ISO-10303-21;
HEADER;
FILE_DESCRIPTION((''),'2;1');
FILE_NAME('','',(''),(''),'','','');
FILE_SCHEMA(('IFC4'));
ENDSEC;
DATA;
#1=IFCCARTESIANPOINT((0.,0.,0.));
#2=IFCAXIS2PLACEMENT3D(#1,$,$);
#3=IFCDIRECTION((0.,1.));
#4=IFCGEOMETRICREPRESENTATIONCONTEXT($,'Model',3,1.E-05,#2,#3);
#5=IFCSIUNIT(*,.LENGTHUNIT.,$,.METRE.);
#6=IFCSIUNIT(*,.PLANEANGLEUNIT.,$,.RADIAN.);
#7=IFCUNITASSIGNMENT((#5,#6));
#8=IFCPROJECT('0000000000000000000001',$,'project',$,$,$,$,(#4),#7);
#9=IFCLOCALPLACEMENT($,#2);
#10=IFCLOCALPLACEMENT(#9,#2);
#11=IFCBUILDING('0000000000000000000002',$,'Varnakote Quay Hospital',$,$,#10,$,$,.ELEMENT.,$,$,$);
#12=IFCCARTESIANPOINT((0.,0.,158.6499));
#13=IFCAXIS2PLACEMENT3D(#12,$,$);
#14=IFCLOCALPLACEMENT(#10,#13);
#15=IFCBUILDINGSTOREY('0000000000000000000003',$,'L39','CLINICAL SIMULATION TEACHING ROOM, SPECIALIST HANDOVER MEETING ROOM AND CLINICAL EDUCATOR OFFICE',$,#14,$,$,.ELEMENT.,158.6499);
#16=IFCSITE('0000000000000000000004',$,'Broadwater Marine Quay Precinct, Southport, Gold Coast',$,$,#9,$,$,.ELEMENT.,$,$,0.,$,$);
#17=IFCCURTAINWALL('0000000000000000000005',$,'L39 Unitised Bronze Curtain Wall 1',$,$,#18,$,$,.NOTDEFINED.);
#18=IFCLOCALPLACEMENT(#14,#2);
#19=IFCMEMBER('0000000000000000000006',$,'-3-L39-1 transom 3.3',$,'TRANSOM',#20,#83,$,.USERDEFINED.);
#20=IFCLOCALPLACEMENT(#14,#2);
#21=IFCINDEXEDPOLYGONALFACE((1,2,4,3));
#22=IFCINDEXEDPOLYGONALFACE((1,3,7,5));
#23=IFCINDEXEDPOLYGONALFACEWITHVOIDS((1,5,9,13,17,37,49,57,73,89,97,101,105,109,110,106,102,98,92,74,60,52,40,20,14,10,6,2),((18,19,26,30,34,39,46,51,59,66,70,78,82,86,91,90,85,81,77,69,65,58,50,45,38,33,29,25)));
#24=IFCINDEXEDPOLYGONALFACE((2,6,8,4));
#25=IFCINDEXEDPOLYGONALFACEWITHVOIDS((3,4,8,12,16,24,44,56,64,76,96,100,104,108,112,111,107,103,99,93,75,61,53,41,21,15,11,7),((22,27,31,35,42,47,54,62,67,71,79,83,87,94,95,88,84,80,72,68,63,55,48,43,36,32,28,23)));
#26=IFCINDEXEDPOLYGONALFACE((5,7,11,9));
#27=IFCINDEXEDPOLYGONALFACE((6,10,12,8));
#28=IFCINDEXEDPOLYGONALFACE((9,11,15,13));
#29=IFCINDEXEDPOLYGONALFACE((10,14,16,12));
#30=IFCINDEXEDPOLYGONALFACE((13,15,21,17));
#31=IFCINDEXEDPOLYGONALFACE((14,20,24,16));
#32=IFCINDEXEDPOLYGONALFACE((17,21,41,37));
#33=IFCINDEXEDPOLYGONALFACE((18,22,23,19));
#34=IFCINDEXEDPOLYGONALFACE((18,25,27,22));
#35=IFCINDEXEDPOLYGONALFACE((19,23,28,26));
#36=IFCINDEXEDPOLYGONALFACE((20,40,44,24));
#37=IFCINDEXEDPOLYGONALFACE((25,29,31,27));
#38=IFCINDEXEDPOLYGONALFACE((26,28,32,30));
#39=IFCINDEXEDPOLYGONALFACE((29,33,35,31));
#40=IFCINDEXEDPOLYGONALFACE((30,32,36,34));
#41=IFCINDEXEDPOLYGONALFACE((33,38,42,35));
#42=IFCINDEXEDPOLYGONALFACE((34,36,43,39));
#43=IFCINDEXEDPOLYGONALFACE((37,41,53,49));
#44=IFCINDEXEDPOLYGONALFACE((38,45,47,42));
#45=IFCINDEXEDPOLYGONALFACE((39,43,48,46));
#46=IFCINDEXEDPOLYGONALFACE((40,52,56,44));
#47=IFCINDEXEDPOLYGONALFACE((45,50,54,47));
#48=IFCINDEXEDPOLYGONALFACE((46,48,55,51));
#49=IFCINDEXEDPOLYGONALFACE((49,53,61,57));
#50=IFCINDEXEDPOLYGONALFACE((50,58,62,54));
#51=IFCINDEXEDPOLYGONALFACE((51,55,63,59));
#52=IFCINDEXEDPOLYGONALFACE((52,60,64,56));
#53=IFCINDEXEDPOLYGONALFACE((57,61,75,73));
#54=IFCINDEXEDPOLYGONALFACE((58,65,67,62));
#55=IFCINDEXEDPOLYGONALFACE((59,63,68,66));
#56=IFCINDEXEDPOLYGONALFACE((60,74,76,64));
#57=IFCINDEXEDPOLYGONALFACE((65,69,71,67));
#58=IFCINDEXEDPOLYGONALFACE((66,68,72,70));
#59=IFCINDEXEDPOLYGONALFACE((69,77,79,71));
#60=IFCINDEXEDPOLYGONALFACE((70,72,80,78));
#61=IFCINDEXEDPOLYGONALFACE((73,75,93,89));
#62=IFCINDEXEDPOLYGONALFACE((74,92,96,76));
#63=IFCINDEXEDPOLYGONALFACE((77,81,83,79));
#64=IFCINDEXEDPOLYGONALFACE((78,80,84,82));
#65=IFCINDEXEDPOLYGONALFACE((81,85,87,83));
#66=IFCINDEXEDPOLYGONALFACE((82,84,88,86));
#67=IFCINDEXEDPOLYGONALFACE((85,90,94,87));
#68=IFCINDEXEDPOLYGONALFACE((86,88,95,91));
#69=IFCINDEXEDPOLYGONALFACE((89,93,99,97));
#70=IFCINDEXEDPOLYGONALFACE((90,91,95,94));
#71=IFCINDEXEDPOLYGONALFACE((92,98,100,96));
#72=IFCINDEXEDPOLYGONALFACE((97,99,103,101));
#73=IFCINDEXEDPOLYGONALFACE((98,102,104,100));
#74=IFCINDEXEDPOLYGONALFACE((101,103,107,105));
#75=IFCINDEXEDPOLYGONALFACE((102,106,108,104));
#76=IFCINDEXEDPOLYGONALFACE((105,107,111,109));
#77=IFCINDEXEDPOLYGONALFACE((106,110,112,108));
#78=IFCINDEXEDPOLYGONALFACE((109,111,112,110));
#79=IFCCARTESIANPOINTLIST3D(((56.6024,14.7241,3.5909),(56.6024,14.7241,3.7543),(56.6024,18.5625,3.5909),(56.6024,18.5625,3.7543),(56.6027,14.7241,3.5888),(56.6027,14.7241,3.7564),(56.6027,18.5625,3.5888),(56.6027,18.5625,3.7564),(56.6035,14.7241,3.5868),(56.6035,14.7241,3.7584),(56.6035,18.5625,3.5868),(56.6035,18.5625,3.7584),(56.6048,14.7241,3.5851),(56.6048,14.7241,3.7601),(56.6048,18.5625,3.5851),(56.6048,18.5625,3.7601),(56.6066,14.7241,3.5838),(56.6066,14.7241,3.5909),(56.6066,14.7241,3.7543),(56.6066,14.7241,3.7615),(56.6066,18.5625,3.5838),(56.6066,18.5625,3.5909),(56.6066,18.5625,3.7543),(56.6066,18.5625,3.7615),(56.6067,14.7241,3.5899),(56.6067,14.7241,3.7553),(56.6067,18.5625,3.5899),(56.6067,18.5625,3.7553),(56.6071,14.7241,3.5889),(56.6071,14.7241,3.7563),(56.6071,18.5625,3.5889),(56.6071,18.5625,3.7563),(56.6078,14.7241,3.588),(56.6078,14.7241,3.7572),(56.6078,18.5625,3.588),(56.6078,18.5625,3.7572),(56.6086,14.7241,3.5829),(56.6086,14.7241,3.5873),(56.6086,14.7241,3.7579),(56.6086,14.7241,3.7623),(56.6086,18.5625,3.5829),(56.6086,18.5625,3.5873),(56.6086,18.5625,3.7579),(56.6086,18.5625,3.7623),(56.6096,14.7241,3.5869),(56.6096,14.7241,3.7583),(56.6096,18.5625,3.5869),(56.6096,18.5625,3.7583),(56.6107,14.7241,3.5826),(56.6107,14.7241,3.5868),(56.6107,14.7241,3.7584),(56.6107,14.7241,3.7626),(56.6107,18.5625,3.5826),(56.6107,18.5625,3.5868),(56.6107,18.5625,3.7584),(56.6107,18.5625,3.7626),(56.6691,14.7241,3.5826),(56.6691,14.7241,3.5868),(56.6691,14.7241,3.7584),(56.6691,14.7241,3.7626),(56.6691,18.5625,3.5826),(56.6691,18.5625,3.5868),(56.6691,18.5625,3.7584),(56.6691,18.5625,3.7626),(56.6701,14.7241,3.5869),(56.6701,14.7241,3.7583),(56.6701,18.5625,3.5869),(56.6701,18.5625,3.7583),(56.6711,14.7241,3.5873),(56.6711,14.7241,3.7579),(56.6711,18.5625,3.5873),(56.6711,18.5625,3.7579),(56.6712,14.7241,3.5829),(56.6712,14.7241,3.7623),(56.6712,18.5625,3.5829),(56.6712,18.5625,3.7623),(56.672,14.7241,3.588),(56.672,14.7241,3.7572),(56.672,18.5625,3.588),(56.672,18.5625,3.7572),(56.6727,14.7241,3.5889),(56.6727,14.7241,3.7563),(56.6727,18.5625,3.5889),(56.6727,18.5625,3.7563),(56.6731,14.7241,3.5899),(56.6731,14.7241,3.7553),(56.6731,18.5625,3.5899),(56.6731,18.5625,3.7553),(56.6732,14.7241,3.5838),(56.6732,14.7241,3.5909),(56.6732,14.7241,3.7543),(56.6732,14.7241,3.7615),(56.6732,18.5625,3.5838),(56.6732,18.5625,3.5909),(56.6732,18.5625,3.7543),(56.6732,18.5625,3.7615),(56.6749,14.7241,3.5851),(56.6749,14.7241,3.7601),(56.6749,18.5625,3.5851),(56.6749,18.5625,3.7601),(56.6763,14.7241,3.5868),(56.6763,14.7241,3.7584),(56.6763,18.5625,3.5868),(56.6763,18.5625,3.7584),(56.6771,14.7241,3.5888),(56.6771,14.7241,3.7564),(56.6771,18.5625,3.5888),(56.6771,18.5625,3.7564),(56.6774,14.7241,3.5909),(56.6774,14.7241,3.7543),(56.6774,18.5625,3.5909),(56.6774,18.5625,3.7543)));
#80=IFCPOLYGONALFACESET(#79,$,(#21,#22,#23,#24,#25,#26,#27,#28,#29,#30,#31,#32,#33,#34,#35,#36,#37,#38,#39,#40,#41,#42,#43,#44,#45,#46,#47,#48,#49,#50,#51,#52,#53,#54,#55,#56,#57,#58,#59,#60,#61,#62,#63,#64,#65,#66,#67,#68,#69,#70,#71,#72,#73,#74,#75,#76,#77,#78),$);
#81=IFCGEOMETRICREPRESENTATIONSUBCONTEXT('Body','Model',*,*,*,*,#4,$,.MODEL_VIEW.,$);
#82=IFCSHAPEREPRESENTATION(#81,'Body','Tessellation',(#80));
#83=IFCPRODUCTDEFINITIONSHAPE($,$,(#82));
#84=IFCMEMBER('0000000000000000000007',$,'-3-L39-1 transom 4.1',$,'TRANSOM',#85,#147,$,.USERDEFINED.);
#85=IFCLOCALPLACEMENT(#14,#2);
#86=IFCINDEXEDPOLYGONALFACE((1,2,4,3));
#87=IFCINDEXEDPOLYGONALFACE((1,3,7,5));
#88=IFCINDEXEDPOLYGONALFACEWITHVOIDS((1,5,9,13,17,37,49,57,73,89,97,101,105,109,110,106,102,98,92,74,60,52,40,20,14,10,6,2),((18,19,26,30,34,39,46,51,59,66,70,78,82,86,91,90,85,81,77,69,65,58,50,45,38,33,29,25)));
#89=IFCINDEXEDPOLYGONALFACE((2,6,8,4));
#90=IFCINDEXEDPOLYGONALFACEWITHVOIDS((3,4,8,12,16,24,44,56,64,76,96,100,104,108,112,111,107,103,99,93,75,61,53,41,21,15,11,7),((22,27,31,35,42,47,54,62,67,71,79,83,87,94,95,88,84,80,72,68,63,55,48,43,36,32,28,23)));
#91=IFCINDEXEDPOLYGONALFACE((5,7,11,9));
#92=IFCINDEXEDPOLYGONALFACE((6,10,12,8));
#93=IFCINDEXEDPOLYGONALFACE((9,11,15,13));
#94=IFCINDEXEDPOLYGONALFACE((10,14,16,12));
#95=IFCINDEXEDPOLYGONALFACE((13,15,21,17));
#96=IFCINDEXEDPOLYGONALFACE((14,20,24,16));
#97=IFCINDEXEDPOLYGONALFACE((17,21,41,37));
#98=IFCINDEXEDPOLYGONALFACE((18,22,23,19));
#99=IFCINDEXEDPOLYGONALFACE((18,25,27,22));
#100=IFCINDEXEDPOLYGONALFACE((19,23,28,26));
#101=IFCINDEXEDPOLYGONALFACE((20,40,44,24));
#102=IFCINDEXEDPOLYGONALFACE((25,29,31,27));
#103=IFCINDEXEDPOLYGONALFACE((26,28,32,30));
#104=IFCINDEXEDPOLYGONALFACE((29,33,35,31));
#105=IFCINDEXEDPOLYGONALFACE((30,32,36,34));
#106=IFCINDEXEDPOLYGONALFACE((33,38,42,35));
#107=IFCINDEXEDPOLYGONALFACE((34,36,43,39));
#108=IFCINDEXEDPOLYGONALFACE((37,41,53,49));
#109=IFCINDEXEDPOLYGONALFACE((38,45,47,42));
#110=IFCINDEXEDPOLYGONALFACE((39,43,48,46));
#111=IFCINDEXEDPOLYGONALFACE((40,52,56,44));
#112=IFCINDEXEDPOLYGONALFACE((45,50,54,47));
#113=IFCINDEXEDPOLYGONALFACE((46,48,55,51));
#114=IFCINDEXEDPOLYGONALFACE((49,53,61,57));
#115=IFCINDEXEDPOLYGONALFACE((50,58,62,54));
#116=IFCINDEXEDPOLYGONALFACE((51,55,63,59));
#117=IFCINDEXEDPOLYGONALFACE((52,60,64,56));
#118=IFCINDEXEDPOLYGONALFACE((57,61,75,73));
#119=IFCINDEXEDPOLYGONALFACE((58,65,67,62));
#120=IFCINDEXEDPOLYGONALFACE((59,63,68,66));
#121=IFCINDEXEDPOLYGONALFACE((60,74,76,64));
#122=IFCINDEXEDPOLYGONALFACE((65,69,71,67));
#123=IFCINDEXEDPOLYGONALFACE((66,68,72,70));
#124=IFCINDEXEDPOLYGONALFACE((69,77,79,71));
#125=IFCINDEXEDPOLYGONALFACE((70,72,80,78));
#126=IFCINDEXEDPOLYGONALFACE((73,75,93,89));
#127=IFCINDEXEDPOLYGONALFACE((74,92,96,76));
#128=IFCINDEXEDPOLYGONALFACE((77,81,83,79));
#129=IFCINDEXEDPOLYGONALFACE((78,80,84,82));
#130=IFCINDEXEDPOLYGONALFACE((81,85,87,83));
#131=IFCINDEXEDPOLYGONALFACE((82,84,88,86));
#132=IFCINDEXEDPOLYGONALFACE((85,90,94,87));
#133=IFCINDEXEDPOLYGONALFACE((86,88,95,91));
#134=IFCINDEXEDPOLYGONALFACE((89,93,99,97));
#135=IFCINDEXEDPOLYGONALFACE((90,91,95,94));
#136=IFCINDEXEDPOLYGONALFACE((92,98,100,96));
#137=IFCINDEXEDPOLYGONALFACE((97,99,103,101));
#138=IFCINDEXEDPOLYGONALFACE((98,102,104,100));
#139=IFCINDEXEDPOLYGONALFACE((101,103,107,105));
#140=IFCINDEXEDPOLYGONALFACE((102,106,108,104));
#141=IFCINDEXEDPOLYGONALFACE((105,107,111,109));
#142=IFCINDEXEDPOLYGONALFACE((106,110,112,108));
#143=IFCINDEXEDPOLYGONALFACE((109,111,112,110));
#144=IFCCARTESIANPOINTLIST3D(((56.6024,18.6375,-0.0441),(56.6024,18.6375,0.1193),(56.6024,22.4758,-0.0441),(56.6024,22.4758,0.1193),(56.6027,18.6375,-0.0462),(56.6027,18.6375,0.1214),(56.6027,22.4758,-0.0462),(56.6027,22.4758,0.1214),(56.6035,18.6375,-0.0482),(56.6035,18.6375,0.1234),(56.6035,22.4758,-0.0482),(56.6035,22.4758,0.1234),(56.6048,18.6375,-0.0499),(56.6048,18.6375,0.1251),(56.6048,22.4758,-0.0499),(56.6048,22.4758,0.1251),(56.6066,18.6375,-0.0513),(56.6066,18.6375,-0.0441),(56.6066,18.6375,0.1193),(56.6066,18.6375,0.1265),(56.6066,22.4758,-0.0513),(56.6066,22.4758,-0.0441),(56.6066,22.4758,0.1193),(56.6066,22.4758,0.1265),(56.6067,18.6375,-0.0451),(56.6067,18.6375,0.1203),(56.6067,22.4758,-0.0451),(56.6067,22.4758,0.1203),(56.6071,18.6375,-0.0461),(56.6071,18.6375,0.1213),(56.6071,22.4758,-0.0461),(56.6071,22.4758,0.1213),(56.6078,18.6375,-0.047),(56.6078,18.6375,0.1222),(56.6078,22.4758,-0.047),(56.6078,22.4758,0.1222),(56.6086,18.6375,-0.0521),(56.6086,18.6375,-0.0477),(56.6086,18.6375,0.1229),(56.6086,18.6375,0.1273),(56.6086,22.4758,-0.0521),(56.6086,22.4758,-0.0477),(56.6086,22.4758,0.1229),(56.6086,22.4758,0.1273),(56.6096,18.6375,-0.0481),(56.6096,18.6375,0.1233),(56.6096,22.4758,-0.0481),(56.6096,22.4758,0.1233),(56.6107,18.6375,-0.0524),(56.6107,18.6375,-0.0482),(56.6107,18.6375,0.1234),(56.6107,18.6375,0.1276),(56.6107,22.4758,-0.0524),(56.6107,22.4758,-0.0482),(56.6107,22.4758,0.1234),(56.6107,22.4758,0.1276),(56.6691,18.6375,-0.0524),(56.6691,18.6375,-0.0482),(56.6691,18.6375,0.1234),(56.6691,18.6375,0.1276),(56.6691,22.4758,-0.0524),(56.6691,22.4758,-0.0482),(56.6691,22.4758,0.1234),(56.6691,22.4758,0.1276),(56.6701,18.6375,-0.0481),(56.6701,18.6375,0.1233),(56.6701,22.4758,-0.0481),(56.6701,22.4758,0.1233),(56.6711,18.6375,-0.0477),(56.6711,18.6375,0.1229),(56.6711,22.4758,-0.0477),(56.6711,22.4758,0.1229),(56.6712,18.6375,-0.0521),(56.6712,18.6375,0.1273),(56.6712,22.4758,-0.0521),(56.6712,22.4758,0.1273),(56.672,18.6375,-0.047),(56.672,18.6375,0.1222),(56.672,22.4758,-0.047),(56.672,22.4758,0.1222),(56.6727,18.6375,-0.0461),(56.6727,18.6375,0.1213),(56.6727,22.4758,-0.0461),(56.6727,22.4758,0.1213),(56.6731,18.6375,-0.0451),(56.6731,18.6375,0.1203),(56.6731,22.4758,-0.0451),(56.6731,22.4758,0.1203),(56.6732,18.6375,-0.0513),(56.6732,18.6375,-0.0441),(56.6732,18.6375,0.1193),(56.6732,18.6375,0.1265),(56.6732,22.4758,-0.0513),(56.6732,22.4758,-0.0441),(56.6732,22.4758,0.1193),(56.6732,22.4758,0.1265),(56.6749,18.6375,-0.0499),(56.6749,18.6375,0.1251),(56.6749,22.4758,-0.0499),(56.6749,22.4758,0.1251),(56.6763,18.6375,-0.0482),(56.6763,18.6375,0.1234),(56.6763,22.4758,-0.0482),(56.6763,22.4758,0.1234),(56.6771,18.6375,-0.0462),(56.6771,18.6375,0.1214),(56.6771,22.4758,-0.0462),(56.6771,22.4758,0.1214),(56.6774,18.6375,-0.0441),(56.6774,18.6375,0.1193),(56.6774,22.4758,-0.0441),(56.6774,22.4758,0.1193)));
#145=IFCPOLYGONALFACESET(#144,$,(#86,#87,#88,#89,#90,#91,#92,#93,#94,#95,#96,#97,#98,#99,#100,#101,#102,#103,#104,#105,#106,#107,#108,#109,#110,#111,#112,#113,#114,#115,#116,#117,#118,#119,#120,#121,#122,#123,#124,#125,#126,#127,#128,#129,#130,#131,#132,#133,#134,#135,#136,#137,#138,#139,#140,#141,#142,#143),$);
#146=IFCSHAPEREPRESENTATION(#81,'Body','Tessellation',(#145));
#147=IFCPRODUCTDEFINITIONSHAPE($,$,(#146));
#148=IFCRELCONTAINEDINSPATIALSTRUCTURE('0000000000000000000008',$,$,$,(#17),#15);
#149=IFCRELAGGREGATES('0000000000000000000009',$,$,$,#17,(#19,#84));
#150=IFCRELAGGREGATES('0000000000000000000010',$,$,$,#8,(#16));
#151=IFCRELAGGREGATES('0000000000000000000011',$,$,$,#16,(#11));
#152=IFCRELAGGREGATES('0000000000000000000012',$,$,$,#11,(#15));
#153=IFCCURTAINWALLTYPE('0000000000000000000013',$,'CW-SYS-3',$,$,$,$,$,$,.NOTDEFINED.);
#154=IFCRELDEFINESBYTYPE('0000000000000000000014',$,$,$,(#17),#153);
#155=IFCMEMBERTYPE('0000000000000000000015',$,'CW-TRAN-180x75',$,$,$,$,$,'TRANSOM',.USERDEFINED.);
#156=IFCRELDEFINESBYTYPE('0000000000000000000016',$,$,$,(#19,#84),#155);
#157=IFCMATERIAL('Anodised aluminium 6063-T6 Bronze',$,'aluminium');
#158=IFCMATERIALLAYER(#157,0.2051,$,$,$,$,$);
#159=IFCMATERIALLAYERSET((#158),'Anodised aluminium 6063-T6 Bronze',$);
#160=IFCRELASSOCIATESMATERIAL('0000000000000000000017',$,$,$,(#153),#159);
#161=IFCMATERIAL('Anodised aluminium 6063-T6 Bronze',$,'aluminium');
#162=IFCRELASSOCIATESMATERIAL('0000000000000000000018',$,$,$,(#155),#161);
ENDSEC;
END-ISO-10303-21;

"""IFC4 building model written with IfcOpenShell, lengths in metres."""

from ifc_helpers import new_model, si_unit, direction, frame, origin, origin_2d, place, context, subcontext, project, spatial, hollow_rectangle, extrude, material, layer, layer_set, material_profile, profile_set, type_object, element, aggregate, save


model = new_model("IFC4")

# Units and contexts
model_context = context("Model", 3, precision=1e-05, world=origin(), true_north=direction((0.0, 1.0)))
body_context = subcontext(model_context, "Body", "Model", "MODEL_VIEW")
ifc_project = project(units=[si_unit("LENGTHUNIT", "METRE"), si_unit("PLANEANGLEUNIT", "RADIAN")], contexts=[model_context])

# Site, building, storey
site_placement = place(None, origin())
site = spatial("IfcSite", under=ifc_project, at=site_placement, Name="Broadwater Marine Quay Precinct, Southport, Gold Coast", CompositionType="ELEMENT", RefElevation=0.0)
building_placement = place(site_placement, origin())
building = spatial("IfcBuilding", under=site, at=building_placement, Name="Varnakote Quay Hospital", CompositionType="ELEMENT")
storey_placement = place(building_placement, frame((0.0, 0.0, 158.6499)))
storey = spatial("IfcBuildingStorey", under=building, at=storey_placement, Name="L39", Description="CLINICAL SIMULATION TEACHING ROOM, SPECIALIST HANDOVER MEETING ROOM AND CLINICAL EDUCATOR OFFICE", CompositionType="ELEMENT", Elevation=158.6499)

# Curtain wall, members
ifc_material_1 = material(Name="Anodised aluminium 6063-T6 Bronze", Category="aluminium")
ifc_layer_1 = layer(ifc_material_1, 0.2051)
ifc_layer_set_1 = layer_set([ifc_layer_1], Name="Anodised aluminium 6063-T6 Bronze")
curtain_wall_type = type_object("IfcCurtainWallType", Name="CW-SYS-3", PredefinedType="NOTDEFINED", material=ifc_layer_set_1)
curtain_wall_placement = place(storey_placement, origin())
curtain_wall = element("IfcCurtainWall", 1, at=curtain_wall_placement, inside=storey, type_object=curtain_wall_type, Name="L39 Unitised Bronze Curtain Wall 1", PredefinedType="NOTDEFINED")
ifc_material_2 = material(Name="Anodised aluminium 6063-T6 Bronze", Category="aluminium")
ifc_material_profile_1 = material_profile(ifc_material_2, hollow_rectangle(XDim=0.075, YDim=0.1799, WallThickness=0.0042, InnerFilletRadius=0.0042, OuterFilletRadius=0.0083, at=origin_2d()), Name="CW-TRAN-180x75")
ifc_profile_set_1 = profile_set([ifc_material_profile_1], Name="Anodised aluminium 6063-T6 Bronze")
member_type_1 = type_object("IfcMemberType", Name="CW-TRAN-180x75", ElementType="TRANSOM", PredefinedType="USERDEFINED", material=ifc_profile_set_1)
member_1_placement = place(storey_placement, frame((56.6399, 14.7241, 3.6726), z_axis=(0.0, 1.0, 0.0), x_axis=(-1.0, 0.0, 0.0)))
member_1 = element("IfcMember", 2, at=member_1_placement, type_object=member_type_1, Name="-3-L39-1 transom 3.3", ObjectType="TRANSOM", PredefinedType="USERDEFINED", context=body_context, shape_type="SweptSolid", body=[
    extrude(hollow_rectangle(XDim=0.075, YDim=0.1799, WallThickness=0.0042, InnerFilletRadius=0.0042, OuterFilletRadius=0.0083, at=origin_2d()), origin(), (0.0, 0.0, 1.0), 3.8384),
])
member_2_placement = place(storey_placement, frame((56.6399, 18.6375, 0.0376), z_axis=(0.0, 1.0, 0.0), x_axis=(-1.0, 0.0, 0.0)))
member_2 = element("IfcMember", 3, at=member_2_placement, type_object=member_type_1, Name="-3-L39-1 transom 4.1", ObjectType="TRANSOM", PredefinedType="USERDEFINED", context=body_context, shape_type="SweptSolid", body=[
    extrude(hollow_rectangle(XDim=0.075, YDim=0.1799, WallThickness=0.0042, InnerFilletRadius=0.0042, OuterFilletRadius=0.0083, at=origin_2d()), origin(), (0.0, 0.0, 1.0), 3.8384),
])
aggregate(curtain_wall, [member_1, member_2])

save(model, "model.ifc")
